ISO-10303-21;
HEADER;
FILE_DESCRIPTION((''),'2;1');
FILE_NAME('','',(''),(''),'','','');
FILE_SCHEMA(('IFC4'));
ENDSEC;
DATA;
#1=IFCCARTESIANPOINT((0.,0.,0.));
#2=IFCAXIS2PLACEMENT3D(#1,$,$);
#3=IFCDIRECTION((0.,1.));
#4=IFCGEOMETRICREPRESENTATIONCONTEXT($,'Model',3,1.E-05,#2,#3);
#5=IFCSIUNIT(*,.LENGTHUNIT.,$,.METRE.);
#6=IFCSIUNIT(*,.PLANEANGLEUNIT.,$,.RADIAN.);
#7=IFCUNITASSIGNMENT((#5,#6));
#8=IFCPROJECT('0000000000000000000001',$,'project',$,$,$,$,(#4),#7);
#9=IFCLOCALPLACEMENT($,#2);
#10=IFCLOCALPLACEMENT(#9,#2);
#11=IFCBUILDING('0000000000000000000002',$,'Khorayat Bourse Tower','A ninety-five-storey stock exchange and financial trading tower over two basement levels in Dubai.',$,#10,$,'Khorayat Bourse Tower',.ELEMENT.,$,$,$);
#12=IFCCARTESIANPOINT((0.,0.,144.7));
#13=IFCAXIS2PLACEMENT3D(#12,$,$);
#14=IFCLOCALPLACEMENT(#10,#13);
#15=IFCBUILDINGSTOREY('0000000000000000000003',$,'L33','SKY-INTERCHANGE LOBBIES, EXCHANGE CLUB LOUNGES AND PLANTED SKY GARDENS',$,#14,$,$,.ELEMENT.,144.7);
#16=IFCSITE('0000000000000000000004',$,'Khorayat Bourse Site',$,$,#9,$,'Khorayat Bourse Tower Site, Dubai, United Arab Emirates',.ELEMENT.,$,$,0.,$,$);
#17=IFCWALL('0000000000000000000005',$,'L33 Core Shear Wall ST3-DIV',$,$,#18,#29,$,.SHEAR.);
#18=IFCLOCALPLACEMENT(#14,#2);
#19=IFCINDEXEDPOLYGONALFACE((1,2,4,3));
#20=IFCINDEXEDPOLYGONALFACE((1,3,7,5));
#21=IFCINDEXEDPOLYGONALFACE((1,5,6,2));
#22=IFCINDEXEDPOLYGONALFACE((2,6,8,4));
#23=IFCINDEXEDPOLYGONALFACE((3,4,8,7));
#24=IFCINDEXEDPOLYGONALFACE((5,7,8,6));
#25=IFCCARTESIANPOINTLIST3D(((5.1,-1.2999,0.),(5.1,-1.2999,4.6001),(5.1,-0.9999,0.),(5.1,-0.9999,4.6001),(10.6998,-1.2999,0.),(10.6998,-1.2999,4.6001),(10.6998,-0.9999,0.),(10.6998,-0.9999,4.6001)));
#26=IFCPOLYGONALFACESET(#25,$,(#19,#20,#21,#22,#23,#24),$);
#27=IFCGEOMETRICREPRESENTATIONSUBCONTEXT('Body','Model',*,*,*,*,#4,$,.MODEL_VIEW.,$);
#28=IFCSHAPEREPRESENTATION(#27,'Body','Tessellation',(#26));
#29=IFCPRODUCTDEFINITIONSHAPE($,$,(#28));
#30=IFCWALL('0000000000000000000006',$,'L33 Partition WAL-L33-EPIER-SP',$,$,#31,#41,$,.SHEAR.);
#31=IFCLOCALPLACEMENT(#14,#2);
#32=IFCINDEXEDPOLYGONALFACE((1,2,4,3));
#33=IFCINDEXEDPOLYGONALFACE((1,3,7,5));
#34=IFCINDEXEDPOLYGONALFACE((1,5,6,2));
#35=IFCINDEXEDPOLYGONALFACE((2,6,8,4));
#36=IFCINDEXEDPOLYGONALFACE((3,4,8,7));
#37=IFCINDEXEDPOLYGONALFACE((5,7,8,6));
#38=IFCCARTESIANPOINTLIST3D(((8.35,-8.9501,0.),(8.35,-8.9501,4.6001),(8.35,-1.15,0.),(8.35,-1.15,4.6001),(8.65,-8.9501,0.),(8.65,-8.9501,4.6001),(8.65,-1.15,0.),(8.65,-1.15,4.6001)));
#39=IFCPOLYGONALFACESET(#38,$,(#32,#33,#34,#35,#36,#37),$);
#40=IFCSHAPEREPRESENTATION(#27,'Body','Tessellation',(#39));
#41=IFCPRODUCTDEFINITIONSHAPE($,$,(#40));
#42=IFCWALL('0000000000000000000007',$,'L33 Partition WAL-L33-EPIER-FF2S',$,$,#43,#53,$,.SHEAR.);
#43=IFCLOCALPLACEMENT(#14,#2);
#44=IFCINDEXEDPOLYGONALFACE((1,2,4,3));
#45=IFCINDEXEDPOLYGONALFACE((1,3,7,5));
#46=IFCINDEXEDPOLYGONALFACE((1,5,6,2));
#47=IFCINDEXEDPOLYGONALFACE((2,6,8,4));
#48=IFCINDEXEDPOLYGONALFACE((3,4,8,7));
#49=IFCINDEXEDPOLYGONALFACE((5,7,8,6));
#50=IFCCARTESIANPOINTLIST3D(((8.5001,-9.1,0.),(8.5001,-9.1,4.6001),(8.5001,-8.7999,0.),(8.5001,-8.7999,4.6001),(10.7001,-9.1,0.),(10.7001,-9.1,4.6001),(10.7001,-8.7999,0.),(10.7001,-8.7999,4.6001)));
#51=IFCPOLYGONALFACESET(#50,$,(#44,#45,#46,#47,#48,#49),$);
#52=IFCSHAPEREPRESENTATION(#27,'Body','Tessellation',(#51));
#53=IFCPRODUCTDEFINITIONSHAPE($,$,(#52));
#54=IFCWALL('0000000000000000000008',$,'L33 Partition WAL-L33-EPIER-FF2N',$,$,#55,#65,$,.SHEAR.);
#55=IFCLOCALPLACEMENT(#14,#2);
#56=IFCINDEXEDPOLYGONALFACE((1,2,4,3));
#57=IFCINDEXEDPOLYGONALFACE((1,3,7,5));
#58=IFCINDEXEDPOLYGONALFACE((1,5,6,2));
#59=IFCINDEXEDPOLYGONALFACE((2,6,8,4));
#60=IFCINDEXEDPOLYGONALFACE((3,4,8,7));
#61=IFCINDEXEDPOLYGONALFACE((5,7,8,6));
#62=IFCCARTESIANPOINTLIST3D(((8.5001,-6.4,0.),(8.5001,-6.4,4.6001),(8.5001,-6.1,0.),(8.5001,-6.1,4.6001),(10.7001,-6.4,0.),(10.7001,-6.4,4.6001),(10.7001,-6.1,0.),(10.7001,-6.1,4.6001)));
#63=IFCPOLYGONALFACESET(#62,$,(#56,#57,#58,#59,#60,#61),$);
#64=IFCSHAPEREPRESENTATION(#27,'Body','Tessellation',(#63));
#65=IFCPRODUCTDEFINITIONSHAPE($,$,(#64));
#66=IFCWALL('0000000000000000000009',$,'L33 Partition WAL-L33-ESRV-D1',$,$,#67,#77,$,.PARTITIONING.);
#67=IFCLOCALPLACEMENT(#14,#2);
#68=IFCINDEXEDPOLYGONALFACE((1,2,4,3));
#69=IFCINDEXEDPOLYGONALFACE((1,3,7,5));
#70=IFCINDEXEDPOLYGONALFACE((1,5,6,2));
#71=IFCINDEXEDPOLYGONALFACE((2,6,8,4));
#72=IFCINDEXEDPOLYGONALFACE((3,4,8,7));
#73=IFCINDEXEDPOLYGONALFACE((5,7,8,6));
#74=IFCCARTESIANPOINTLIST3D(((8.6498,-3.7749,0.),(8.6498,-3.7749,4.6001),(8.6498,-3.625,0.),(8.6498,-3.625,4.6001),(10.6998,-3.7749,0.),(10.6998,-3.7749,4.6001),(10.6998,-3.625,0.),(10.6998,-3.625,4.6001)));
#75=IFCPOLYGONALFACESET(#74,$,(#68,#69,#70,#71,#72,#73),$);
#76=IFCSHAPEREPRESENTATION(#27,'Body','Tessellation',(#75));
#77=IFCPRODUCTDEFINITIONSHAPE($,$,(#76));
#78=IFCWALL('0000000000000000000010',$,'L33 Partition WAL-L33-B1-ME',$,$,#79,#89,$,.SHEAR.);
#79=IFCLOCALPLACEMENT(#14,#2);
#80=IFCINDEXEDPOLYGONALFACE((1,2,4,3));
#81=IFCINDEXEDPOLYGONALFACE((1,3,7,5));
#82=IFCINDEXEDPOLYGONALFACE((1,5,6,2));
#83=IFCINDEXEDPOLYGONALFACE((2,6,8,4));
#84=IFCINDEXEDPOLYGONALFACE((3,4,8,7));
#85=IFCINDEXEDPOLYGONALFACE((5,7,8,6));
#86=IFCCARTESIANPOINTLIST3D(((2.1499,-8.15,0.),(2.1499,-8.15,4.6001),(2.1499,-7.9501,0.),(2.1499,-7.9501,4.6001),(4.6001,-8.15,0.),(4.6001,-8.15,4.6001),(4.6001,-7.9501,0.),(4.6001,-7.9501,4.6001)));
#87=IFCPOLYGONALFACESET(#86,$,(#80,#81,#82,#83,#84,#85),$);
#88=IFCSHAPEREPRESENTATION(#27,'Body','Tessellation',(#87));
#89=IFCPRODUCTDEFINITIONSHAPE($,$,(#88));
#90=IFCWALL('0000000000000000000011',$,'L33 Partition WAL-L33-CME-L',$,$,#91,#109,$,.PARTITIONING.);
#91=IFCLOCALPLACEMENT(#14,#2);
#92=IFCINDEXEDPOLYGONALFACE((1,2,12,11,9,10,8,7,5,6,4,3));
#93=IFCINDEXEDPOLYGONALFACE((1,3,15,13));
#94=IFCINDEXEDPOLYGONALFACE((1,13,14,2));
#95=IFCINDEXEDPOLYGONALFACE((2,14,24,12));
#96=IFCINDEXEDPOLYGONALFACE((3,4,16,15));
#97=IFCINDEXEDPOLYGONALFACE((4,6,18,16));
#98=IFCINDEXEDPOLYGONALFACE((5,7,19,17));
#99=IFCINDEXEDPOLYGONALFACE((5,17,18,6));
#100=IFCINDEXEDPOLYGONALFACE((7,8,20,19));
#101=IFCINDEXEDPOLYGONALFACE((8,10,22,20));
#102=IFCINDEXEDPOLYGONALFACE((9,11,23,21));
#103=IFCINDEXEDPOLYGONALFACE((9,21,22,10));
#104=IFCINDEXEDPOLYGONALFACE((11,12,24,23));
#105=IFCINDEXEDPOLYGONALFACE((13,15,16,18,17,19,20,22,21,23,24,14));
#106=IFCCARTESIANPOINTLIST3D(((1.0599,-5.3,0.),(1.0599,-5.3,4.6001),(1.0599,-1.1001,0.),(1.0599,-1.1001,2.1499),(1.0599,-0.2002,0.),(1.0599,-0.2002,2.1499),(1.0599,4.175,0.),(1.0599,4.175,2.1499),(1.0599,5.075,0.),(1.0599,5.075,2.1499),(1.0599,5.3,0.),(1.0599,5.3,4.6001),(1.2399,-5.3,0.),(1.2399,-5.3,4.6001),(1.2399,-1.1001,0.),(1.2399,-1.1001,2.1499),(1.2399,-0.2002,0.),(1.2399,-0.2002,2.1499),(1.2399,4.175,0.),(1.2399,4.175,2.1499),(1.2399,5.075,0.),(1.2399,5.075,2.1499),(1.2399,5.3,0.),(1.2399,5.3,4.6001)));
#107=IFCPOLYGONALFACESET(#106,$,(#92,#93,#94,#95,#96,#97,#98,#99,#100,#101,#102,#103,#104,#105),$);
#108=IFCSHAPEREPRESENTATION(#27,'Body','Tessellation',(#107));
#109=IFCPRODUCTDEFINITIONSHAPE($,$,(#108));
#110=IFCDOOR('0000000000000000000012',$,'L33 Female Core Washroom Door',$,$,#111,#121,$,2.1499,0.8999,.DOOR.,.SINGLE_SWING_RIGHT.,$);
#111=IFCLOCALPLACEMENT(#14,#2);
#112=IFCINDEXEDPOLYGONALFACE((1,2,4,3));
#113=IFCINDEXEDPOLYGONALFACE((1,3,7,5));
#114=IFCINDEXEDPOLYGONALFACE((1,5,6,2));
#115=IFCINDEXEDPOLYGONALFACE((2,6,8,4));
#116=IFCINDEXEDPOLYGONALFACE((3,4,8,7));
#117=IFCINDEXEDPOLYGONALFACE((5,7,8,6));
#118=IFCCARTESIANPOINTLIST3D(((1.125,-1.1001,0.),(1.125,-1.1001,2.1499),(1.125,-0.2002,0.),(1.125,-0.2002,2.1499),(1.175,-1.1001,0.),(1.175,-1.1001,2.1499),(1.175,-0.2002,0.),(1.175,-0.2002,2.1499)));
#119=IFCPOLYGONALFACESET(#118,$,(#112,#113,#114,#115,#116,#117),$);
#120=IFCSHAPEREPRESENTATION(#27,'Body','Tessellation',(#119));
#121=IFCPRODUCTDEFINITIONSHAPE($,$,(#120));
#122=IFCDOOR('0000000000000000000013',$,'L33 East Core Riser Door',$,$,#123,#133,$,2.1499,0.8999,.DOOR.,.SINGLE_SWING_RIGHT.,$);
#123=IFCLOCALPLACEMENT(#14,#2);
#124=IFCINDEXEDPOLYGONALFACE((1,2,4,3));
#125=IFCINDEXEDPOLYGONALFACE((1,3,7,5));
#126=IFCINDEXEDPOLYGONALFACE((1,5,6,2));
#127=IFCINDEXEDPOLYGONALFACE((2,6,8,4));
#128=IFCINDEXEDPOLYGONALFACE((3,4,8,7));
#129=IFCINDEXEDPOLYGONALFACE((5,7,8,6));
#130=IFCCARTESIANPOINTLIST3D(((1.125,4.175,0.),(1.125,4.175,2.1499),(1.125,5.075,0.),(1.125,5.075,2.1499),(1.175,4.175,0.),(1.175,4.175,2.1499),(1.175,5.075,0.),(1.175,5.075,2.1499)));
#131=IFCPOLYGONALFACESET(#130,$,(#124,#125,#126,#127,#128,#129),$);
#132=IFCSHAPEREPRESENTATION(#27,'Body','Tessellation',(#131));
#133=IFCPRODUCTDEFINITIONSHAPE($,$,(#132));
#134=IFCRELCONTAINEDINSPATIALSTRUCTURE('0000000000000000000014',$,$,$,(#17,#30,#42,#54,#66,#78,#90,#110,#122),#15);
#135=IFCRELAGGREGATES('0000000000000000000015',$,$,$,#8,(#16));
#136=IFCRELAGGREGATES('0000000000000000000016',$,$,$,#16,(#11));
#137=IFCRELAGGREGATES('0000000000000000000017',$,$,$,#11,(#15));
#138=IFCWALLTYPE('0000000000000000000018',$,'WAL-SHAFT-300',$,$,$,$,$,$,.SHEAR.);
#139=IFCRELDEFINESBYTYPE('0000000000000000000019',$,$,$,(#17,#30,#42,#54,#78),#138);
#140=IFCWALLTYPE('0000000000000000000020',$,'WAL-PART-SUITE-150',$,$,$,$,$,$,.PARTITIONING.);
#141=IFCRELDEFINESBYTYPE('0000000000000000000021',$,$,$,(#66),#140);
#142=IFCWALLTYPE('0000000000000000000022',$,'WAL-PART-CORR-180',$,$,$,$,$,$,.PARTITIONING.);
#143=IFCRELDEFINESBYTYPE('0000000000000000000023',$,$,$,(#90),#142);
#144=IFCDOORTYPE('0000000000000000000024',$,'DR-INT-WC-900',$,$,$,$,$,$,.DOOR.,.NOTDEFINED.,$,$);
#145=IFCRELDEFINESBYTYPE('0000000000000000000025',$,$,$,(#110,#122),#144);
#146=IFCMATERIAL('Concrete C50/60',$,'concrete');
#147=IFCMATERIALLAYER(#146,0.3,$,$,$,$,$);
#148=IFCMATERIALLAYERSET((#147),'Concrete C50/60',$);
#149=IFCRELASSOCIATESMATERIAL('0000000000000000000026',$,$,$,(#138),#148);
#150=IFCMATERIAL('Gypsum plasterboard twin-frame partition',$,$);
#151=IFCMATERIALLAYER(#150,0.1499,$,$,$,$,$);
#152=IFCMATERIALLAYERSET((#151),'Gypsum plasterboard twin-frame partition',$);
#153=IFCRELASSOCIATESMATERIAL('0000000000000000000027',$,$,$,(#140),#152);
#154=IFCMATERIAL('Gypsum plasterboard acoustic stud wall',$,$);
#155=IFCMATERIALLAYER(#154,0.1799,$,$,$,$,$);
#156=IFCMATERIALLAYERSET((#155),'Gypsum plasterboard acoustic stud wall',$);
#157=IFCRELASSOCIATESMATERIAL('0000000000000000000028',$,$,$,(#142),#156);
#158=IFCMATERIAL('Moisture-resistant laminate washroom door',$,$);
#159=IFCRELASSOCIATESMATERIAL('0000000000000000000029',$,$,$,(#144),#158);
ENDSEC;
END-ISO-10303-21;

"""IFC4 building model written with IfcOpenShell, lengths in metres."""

from ifc_helpers import new_model, si_unit, direction, frame, frame_2d, origin, place, context, subcontext, project, spatial, rectangle, extrude, source, transform, mapped, material, layer, layer_set, type_object, element, fill, save


model = new_model("IFC4")

# Units and contexts
model_context = context("Model", 3, precision=1e-05, world=origin(), true_north=direction((0.0, 1.0)))
body_context = subcontext(model_context, "Body", "Model", "MODEL_VIEW")
ifc_project = project(units=[si_unit("LENGTHUNIT", "METRE"), si_unit("PLANEANGLEUNIT", "RADIAN")], contexts=[model_context])

# Site, building, storey
site_placement = place(None, origin())
site = spatial("IfcSite", under=ifc_project, at=site_placement, Name="Khorayat Bourse Site", LongName="Khorayat Bourse Tower Site, Dubai, United Arab Emirates", CompositionType="ELEMENT", RefElevation=0.0)
building_placement = place(site_placement, origin())
building = spatial("IfcBuilding", under=site, at=building_placement, Name="Khorayat Bourse Tower", Description="A ninety-five-storey stock exchange and financial trading tower over two basement levels in Dubai.", LongName="Khorayat Bourse Tower", CompositionType="ELEMENT")
storey_placement = place(building_placement, frame((0.0, 0.0, 144.7)))
storey = spatial("IfcBuildingStorey", under=building, at=storey_placement, Name="L33", Description="SKY-INTERCHANGE LOBBIES, EXCHANGE CLUB LOUNGES AND PLANTED SKY GARDENS", CompositionType="ELEMENT", Elevation=144.7)

# Walls
ifc_material_1 = material(Name="Concrete C50/60", Category="concrete")
ifc_layer_1 = layer(ifc_material_1, 0.3)
ifc_layer_set_1 = layer_set([ifc_layer_1], Name="Concrete C50/60")
wall_type_1 = type_object("IfcWallType", Name="WAL-SHAFT-300", PredefinedType="SHEAR", material=ifc_layer_set_1)
shared_shape_1 = source(origin(), body_context, "Body", "SweptSolid", [
    extrude(rectangle(XDim=5.5999, YDim=0.3, at=frame_2d((2.7998, 0.0))), origin(), (0.0, 0.0, 1.0), 4.6001),
])
wall_1_placement = place(storey_placement, frame((5.1001, -1.1499, 0.0), z_axis=(0.0, 0.0, 1.0), x_axis=(1.0, 0.0, 0.0)))
element("IfcWall", 1, at=wall_1_placement, inside=storey, type_object=wall_type_1, Name="L33 Core Shear Wall ST3-DIV", PredefinedType="SHEAR", context=body_context, shape_type="MappedRepresentation", body=[
    mapped(shared_shape_1, transform((0.0, 0.0, 0.0), scale=1.0)),
])
shared_shape_2 = source(origin(), body_context, "Body", "SweptSolid", [
    extrude(rectangle(XDim=7.8, YDim=0.3, at=frame_2d((3.8999, 0.0))), origin(), (0.0, 0.0, 1.0), 4.6001),
])
wall_2_placement = place(storey_placement, frame((8.5, -8.95, 0.0), z_axis=(0.0, 0.0, 1.0), x_axis=(0.0, 1.0, 0.0)))
element("IfcWall", 2, at=wall_2_placement, inside=storey, type_object=wall_type_1, Name="L33 Partition WAL-L33-EPIER-SP", PredefinedType="SHEAR", context=body_context, shape_type="MappedRepresentation", body=[
    mapped(shared_shape_2, transform((0.0, 0.0, 0.0), scale=1.0)),
])
shared_shape_3 = source(origin(), body_context, "Body", "SweptSolid", [
    extrude(rectangle(XDim=2.2, YDim=0.3, at=frame_2d((1.1001, 0.0))), origin(), (0.0, 0.0, 1.0), 4.6001),
])
for number, where, z_axis, x_axis, name in (
    (3, (8.5, -8.95, 0.0), (0.0, 0.0, 1.0), (1.0, 0.0, 0.0), "L33 Partition WAL-L33-EPIER-FF2S"),
    (4, (8.5, -6.25, 0.0), (0.0, 0.0, 1.0), (1.0, 0.0, 0.0), "L33 Partition WAL-L33-EPIER-FF2N"),
):
    element("IfcWall", number, at=place(storey_placement, frame(where, z_axis=z_axis, x_axis=x_axis)), inside=storey, type_object=wall_type_1, Name=name, PredefinedType="SHEAR", context=body_context, shape_type="MappedRepresentation", body=[
        mapped(shared_shape_3, transform((0.0, 0.0, 0.0), scale=1.0)),
    ])
ifc_material_2 = material(Name="Gypsum plasterboard twin-frame partition")
ifc_layer_2 = layer(ifc_material_2, 0.1499)
ifc_layer_set_2 = layer_set([ifc_layer_2], Name="Gypsum plasterboard twin-frame partition")
wall_type_2 = type_object("IfcWallType", Name="WAL-PART-SUITE-150", PredefinedType="PARTITIONING", material=ifc_layer_set_2)
shared_shape_4 = source(origin(), body_context, "Body", "SweptSolid", [
    extrude(rectangle(XDim=2.05, YDim=0.1499, at=frame_2d((1.0249, 0.0))), origin(), (0.0, 0.0, 1.0), 4.6001),
])
wall_3_placement = place(storey_placement, frame((8.6499, -3.7, 0.0), z_axis=(0.0, 0.0, 1.0), x_axis=(1.0, 0.0, 0.0)))
element("IfcWall", 5, at=wall_3_placement, inside=storey, type_object=wall_type_2, Name="L33 Partition WAL-L33-ESRV-D1", PredefinedType="PARTITIONING", context=body_context, shape_type="MappedRepresentation", body=[
    mapped(shared_shape_4, transform((0.0, 0.0, 0.0), scale=1.0)),
])
shared_shape_5 = source(origin(), body_context, "Body", "SweptSolid", [
    extrude(rectangle(XDim=2.4502, YDim=0.2, at=frame_2d((1.2251, 0.0))), origin(), (0.0, 0.0, 1.0), 4.6001),
])
wall_4_placement = place(storey_placement, frame((2.1499, -8.05, 0.0), z_axis=(0.0, 0.0, 1.0), x_axis=(1.0, 0.0, 0.0)))
element("IfcWall", 6, at=wall_4_placement, inside=storey, type_object=wall_type_1, Name="L33 Partition WAL-L33-B1-ME", PredefinedType="SHEAR", context=body_context, shape_type="MappedRepresentation", body=[
    mapped(shared_shape_5, transform((0.0, 0.0, 0.0), scale=1.0)),
])

# Wall, openings, doors
ifc_material_3 = material(Name="Gypsum plasterboard acoustic stud wall")
ifc_layer_3 = layer(ifc_material_3, 0.1799)
ifc_layer_set_3 = layer_set([ifc_layer_3], Name="Gypsum plasterboard acoustic stud wall")
wall_type_3 = type_object("IfcWallType", Name="WAL-PART-CORR-180", PredefinedType="PARTITIONING", material=ifc_layer_set_3)
shared_shape_6 = source(origin(), body_context, "Body", "SweptSolid", [
    extrude(rectangle(XDim=10.6001, YDim=0.1799, at=frame_2d((5.3, 0.0))), origin(), (0.0, 0.0, 1.0), 4.6001),
])
wall_5_placement = place(storey_placement, frame((1.1499, -5.3, 0.0), z_axis=(0.0, 0.0, 1.0), x_axis=(0.0, 1.0, 0.0)))
wall_5 = element("IfcWall", 7, at=wall_5_placement, inside=storey, type_object=wall_type_3, Name="L33 Partition WAL-L33-CME-L", PredefinedType="PARTITIONING", context=body_context, shape_type="MappedRepresentation", body=[
    mapped(shared_shape_6, transform((0.0, 0.0, 0.0), scale=1.0)),
])
shared_shape_7 = source(origin(), body_context, "Body", "SweptSolid", [
    extrude(rectangle(XDim=0.8999, YDim=2.1499, at=frame_2d((0.45, 1.075))), frame((0.0, 0.0999, 0.0), z_axis=(0.0, -1.0, 0.0), x_axis=(1.0, 0.0, 0.0)), (0.0, 0.0, 1.0), 0.2),
])
opening_1_placement = place(wall_5_placement, frame((4.2, 0.0, 0.0)))
opening_1 = element("IfcOpeningElement", 8, at=opening_1_placement, cuts=wall_5, PredefinedType="OPENING", context=body_context, shape_type="MappedRepresentation", body=[
    mapped(shared_shape_7, transform((0.0, 0.0, 0.0), scale=1.0)),
])
opening_2_placement = place(wall_5_placement, frame((9.4751, 0.0, 0.0)))
opening_2 = element("IfcOpeningElement", 9, at=opening_2_placement, cuts=wall_5, PredefinedType="OPENING", context=body_context, shape_type="MappedRepresentation", body=[
    mapped(shared_shape_7, transform((0.0, 0.0, 0.0), scale=1.0)),
])
ifc_material_4 = material(Name="Moisture-resistant laminate washroom door")
door_type = type_object("IfcDoorType", Name="DR-INT-WC-900", OperationType="NOTDEFINED", PredefinedType="DOOR", material=ifc_material_4)
shared_shape_8 = source(origin(), body_context, "Body", "SweptSolid", [
    extrude(rectangle(XDim=0.8999, YDim=2.1499, at=frame_2d((0.45, 1.075))), frame((0.0, 0.0249, 0.0), z_axis=(0.0, -1.0, 0.0), x_axis=(1.0, 0.0, 0.0)), (0.0, 0.0, 1.0), 0.05),
])
door_1_placement = place(opening_1_placement, origin())
door_1 = element("IfcDoor", 10, at=door_1_placement, inside=storey, type_object=door_type, Name="L33 Female Core Washroom Door", OperationType="SINGLE_SWING_RIGHT", OverallHeight=2.1499, OverallWidth=0.8999, PredefinedType="DOOR", context=body_context, shape_type="MappedRepresentation", body=[
    mapped(shared_shape_8, transform((0.0, 0.0, 0.0), scale=1.0)),
])
fill(opening_1, door_1)
door_2_placement = place(opening_2_placement, origin())
door_2 = element("IfcDoor", 11, at=door_2_placement, inside=storey, type_object=door_type, Name="L33 East Core Riser Door", OperationType="SINGLE_SWING_RIGHT", OverallHeight=2.1499, OverallWidth=0.8999, PredefinedType="DOOR", context=body_context, shape_type="MappedRepresentation", body=[
    mapped(shared_shape_8, transform((0.0, 0.0, 0.0), scale=1.0)),
])
fill(opening_2, door_2)

save(model, "model.ifc")
